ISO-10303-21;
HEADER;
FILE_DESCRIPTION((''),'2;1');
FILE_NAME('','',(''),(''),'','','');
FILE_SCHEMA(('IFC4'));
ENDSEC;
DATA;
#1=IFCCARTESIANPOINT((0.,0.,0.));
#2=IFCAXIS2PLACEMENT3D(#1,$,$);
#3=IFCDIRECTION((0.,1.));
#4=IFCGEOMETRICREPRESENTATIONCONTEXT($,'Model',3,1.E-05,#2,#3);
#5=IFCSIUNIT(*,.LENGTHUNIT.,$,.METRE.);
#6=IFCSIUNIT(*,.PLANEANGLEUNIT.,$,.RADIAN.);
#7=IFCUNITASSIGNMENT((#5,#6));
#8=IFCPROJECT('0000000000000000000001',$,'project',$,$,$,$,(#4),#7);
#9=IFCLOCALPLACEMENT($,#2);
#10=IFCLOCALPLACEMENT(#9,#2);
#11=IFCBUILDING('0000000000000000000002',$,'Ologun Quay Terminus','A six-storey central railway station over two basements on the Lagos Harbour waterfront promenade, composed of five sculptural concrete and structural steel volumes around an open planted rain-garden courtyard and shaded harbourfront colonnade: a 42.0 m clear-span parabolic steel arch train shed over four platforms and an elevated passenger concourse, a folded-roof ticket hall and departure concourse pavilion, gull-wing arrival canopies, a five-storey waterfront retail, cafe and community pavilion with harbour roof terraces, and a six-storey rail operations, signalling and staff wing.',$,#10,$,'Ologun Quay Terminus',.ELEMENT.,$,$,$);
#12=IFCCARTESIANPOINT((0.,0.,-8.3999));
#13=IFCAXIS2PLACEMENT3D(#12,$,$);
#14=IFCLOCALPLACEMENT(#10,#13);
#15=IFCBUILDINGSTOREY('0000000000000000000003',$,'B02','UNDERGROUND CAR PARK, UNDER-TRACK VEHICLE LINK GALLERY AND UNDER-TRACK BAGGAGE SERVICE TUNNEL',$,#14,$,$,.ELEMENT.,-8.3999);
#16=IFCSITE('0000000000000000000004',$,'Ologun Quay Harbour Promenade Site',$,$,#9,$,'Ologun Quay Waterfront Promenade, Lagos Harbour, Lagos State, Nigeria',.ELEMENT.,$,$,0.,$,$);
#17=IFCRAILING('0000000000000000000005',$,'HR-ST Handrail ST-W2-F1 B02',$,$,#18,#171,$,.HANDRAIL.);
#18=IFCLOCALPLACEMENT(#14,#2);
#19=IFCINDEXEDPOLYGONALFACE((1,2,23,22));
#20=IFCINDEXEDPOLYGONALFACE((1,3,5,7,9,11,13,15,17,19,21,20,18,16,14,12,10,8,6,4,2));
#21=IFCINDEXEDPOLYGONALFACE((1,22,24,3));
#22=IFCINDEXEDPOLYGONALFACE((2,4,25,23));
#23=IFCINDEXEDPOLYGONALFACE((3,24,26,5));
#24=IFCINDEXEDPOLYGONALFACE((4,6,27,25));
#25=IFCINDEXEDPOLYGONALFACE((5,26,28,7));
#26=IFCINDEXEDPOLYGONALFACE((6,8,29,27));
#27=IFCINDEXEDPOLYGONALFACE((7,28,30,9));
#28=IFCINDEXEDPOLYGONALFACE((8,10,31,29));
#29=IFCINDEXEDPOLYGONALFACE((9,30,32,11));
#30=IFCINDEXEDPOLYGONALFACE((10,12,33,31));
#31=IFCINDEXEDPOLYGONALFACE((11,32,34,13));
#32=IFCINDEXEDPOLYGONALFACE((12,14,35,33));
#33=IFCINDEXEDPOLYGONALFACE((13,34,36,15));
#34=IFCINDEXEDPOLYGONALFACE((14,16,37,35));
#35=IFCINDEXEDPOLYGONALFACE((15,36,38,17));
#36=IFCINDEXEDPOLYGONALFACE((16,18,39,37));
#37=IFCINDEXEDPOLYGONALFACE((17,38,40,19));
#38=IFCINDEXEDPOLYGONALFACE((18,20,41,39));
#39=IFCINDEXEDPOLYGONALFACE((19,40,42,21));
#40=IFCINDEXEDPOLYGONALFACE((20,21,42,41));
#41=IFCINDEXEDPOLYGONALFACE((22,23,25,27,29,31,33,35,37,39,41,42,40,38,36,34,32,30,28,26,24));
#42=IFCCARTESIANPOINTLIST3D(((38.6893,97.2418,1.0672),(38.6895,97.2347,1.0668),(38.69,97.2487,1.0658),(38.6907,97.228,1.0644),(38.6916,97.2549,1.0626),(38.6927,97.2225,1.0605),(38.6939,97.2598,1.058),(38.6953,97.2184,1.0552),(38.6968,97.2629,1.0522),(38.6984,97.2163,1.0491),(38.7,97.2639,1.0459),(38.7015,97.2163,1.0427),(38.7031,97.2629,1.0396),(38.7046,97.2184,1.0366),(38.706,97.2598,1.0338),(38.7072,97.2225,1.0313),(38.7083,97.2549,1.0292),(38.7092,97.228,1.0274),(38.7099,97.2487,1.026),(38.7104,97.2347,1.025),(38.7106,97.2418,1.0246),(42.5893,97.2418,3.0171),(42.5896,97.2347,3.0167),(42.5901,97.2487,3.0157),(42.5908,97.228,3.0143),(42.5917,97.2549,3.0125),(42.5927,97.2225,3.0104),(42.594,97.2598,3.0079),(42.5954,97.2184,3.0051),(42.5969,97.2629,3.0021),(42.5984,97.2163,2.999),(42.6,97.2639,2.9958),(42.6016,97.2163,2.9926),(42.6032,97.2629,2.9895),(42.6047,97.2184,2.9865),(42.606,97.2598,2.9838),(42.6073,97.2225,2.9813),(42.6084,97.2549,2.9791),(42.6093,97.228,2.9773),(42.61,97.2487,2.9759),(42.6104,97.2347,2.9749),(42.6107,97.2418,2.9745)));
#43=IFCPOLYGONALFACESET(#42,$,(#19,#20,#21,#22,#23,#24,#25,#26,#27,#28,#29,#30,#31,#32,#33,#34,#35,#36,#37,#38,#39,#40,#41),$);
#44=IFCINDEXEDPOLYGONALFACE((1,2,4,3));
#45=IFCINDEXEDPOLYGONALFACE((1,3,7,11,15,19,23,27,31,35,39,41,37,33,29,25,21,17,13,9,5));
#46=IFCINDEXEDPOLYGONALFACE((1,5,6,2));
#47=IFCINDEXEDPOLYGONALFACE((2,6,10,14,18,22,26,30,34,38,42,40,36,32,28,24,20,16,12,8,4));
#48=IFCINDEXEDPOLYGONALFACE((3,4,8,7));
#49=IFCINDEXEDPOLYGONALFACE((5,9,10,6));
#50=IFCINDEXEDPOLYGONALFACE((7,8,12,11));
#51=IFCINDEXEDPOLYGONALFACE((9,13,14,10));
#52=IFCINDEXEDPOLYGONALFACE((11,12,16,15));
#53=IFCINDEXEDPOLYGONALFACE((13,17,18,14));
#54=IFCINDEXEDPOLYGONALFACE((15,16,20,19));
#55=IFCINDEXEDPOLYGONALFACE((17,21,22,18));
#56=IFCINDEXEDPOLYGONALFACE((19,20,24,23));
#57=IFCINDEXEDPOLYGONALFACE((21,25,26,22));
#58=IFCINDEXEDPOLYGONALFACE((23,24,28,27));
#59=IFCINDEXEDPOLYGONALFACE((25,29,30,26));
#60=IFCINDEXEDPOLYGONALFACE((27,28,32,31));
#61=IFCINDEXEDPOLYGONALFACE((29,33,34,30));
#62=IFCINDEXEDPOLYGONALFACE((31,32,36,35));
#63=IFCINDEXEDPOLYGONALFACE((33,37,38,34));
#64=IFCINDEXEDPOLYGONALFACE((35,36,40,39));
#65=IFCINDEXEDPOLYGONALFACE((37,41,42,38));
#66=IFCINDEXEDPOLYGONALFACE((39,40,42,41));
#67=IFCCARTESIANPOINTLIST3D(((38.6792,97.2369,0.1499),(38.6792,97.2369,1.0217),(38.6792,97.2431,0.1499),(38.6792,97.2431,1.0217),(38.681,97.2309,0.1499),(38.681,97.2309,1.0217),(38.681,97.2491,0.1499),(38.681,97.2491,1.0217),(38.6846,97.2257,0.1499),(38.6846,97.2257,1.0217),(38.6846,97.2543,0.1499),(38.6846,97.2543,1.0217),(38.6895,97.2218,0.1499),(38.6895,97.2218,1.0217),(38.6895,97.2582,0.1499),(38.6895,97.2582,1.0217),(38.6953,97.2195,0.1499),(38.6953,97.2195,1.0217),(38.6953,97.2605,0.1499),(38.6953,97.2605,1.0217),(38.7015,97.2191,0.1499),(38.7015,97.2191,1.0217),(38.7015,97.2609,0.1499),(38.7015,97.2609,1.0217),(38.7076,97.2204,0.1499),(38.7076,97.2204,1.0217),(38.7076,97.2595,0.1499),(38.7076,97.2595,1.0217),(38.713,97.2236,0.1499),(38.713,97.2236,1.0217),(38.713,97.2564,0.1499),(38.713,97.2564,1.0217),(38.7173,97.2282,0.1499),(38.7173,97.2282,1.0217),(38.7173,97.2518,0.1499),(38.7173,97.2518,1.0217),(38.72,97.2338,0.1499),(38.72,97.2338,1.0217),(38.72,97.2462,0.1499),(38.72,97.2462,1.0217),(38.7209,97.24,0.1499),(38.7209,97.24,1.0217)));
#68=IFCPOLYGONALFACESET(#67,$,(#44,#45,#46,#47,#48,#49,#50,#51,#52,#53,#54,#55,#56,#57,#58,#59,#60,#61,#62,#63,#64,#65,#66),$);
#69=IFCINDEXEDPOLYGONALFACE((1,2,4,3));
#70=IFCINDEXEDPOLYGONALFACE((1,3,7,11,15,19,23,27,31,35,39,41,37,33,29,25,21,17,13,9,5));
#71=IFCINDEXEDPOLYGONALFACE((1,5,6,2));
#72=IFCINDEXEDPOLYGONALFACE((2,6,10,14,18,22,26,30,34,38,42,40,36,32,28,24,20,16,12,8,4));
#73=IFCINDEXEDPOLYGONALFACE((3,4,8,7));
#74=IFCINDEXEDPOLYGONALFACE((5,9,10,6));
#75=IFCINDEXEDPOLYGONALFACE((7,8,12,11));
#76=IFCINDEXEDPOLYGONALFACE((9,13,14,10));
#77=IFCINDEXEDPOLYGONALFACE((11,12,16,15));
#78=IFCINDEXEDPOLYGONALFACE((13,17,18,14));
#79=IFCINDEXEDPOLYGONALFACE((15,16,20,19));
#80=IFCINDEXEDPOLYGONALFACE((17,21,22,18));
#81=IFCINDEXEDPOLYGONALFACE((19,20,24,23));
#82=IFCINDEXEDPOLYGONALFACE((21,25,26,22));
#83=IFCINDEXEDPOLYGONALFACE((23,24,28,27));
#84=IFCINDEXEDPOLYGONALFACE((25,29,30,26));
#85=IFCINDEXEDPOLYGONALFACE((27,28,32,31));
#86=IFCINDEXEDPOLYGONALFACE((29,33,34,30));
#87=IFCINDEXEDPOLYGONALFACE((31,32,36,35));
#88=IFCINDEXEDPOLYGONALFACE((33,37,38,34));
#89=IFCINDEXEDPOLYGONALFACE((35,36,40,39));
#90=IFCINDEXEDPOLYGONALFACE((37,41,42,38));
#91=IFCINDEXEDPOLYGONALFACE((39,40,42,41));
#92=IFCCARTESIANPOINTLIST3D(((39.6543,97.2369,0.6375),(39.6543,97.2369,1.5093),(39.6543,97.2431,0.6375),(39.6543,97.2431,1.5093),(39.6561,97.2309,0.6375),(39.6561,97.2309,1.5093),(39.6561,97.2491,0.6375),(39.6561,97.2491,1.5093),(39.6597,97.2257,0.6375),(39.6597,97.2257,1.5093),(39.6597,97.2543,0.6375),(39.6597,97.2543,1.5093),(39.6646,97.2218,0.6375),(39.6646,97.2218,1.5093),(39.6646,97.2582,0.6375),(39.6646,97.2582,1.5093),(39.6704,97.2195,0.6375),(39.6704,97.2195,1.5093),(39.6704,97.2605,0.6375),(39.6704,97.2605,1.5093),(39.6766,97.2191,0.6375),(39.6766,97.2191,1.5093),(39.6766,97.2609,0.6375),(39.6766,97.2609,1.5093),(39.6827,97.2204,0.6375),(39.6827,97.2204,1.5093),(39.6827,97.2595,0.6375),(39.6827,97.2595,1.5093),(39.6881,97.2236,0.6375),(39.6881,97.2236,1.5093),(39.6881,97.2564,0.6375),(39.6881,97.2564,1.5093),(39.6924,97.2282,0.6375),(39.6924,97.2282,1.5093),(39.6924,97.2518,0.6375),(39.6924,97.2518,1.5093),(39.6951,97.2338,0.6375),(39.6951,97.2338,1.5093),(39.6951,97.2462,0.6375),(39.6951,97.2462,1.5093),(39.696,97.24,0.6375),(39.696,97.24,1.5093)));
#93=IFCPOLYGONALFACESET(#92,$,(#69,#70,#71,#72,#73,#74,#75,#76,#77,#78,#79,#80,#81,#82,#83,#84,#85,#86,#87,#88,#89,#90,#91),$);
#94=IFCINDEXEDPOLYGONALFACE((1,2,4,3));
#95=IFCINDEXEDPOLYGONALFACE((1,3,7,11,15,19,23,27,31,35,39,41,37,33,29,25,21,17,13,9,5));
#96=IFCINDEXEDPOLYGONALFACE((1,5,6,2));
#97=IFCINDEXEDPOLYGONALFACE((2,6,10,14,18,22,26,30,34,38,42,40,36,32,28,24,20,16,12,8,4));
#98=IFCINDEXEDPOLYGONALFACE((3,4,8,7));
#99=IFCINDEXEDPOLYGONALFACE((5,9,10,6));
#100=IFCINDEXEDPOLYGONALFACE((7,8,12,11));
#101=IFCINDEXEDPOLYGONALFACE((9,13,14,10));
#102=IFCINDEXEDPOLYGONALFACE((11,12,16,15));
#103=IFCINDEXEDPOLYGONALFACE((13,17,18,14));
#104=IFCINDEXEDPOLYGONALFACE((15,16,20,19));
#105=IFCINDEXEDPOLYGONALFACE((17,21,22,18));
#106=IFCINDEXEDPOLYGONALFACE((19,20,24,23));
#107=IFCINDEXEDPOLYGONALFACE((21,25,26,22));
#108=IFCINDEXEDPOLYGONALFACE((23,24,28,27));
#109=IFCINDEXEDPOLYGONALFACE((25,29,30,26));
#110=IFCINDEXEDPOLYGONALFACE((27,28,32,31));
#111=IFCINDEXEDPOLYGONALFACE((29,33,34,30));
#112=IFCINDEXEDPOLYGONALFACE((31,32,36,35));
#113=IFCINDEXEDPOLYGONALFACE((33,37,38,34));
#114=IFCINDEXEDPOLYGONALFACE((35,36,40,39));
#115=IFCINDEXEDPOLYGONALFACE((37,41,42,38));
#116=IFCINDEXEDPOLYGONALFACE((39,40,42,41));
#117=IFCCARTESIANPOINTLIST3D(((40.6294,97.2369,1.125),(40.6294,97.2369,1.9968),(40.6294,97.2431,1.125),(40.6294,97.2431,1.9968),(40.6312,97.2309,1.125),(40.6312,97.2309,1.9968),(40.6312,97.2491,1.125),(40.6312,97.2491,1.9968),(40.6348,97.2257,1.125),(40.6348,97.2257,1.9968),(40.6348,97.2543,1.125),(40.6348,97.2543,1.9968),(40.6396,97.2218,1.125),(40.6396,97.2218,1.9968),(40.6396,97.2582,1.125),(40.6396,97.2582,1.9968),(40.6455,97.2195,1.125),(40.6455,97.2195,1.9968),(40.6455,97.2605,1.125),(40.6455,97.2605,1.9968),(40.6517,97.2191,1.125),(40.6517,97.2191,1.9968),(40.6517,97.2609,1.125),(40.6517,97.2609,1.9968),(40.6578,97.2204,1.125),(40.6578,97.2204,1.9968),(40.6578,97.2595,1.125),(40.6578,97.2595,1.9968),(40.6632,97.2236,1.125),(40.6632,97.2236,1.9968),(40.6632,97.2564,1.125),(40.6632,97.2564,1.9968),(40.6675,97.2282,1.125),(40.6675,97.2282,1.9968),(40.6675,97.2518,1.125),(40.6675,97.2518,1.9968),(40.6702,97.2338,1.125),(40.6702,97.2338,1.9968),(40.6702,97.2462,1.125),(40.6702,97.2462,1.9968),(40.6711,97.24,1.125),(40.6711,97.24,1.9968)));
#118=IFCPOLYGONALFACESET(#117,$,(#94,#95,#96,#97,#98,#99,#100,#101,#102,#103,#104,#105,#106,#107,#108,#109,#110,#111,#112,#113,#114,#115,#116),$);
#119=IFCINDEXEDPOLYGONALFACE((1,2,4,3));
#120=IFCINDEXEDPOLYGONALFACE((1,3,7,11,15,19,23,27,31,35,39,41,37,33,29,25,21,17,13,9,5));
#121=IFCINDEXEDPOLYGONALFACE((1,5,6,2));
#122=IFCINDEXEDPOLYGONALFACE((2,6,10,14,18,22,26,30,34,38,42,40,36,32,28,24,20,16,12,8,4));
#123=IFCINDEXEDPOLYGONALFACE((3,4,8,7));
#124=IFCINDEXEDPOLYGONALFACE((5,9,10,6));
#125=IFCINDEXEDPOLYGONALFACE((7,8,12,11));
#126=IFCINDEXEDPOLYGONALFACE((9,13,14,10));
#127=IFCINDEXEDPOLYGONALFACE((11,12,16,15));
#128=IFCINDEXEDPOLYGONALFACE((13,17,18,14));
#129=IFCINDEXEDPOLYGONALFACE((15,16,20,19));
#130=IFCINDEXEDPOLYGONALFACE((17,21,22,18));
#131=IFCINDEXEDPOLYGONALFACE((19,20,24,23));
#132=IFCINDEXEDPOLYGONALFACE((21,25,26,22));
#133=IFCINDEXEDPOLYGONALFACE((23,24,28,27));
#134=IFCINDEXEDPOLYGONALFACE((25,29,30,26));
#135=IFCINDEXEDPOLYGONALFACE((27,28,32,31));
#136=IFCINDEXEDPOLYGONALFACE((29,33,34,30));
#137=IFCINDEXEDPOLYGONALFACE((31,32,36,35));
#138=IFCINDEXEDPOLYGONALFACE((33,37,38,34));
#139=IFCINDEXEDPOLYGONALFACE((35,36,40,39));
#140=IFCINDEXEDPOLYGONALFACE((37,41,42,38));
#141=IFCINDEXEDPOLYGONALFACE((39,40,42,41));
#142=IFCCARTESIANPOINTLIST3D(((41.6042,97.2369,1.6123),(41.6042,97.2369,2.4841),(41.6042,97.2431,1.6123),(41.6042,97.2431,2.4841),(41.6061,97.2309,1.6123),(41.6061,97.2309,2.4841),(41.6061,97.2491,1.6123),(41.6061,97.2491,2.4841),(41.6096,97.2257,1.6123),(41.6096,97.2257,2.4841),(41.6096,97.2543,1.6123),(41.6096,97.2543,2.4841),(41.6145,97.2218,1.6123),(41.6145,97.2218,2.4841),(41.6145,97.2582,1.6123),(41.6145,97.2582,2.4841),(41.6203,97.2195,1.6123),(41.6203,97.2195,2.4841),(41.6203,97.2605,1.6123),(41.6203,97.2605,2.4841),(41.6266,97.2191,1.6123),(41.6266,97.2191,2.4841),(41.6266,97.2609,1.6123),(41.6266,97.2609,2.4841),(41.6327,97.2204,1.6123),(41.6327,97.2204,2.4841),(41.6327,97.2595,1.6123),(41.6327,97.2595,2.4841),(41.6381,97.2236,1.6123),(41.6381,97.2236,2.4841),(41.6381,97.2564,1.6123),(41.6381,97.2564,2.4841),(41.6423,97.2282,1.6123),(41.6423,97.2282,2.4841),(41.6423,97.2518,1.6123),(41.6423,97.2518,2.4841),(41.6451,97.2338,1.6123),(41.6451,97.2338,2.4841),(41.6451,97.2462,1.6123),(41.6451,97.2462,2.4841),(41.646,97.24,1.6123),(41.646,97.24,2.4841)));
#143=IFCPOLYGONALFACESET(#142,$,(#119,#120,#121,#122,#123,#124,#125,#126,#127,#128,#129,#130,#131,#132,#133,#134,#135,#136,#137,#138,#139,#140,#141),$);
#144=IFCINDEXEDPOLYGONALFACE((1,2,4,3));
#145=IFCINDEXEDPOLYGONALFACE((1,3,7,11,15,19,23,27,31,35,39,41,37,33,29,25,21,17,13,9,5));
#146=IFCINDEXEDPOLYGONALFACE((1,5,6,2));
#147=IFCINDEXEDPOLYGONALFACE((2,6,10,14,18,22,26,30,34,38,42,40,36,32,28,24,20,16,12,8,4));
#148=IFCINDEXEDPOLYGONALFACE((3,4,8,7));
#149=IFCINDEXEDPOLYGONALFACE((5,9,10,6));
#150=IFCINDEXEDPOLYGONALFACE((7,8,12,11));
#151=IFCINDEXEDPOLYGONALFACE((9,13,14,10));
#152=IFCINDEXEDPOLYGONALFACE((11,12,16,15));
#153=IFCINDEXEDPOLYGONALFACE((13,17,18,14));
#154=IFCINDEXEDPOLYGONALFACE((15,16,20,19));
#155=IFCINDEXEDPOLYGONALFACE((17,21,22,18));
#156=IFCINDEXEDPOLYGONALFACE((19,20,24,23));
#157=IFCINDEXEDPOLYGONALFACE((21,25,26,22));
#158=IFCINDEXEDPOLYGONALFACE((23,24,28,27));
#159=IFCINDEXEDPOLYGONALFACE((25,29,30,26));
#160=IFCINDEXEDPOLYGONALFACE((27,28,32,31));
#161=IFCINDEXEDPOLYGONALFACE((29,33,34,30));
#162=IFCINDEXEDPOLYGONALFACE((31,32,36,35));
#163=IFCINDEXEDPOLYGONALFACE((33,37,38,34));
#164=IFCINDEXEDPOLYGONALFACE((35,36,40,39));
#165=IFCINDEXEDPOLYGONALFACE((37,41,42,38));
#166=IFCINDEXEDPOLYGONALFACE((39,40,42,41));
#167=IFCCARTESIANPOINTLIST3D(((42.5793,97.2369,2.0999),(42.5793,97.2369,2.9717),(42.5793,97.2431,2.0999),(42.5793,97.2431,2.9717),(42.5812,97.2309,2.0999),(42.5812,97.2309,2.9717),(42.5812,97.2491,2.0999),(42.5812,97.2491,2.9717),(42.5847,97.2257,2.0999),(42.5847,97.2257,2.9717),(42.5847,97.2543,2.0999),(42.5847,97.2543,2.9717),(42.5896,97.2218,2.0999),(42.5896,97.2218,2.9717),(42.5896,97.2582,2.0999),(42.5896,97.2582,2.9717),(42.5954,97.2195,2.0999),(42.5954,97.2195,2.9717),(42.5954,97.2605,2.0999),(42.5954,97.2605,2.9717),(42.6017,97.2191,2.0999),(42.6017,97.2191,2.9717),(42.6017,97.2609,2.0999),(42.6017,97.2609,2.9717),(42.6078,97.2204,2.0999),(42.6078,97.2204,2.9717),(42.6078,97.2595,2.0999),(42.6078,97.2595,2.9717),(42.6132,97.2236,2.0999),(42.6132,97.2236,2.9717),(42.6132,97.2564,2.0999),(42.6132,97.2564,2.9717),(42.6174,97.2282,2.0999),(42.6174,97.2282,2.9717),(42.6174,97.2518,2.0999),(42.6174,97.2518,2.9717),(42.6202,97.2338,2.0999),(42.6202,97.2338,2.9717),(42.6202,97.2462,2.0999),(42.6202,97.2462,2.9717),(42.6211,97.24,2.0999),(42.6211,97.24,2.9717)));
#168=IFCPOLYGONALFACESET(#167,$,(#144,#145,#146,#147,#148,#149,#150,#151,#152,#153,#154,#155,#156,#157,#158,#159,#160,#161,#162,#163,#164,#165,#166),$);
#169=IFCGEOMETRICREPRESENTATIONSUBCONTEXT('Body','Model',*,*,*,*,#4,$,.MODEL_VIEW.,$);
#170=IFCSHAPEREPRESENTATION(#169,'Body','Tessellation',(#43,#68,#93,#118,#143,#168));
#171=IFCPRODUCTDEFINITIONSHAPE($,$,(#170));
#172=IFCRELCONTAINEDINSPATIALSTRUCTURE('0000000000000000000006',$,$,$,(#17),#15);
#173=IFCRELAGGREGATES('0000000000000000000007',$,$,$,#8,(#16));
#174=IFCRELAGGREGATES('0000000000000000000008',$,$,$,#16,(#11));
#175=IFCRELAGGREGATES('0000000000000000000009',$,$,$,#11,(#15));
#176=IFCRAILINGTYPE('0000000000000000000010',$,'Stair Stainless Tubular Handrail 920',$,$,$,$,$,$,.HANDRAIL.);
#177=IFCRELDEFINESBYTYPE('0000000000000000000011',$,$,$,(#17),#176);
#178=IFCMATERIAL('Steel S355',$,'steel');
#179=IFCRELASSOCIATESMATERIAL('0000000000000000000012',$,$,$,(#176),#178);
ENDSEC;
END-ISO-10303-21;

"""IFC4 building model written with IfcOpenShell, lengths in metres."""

from ifc_helpers import new_model, si_unit, direction, frame, origin, origin_2d, place, context, subcontext, project, spatial, circle, extrude, material, type_object, element, save


model = new_model("IFC4")

# Units and contexts
model_context = context("Model", 3, precision=1e-05, world=origin(), true_north=direction((0.0, 1.0)))
body_context = subcontext(model_context, "Body", "Model", "MODEL_VIEW")
ifc_project = project(units=[si_unit("LENGTHUNIT", "METRE"), si_unit("PLANEANGLEUNIT", "RADIAN")], contexts=[model_context])

# Site, building, storey
site_placement = place(None, origin())
site = spatial("IfcSite", under=ifc_project, at=site_placement, Name="Ologun Quay Harbour Promenade Site", LongName="Ologun Quay Waterfront Promenade, Lagos Harbour, Lagos State, Nigeria", CompositionType="ELEMENT", RefElevation=0.0)
building_placement = place(site_placement, origin())
building = spatial("IfcBuilding", under=site, at=building_placement, Name="Ologun Quay Terminus", Description="A six-storey central railway station over two basements on the Lagos Harbour waterfront promenade, composed of five sculptural concrete and structural steel volumes around an open planted rain-garden courtyard and shaded harbourfront colonnade: a 42.0 m clear-span parabolic steel arch train shed over four platforms and an elevated passenger concourse, a folded-roof ticket hall and departure concourse pavilion, gull-wing arrival canopies, a five-storey waterfront retail, cafe and community pavilion with harbour roof terraces, and a six-storey rail operations, signalling and staff wing.", LongName="Ologun Quay Terminus", CompositionType="ELEMENT")
storey_placement = place(building_placement, frame((0.0, 0.0, -8.3999)))
storey = spatial("IfcBuildingStorey", under=building, at=storey_placement, Name="B02", Description="UNDERGROUND CAR PARK, UNDER-TRACK VEHICLE LINK GALLERY AND UNDER-TRACK BAGGAGE SERVICE TUNNEL", CompositionType="ELEMENT", Elevation=-8.3999)

# Railing
ifc_material_1 = material(Name="Steel S355", Category="steel")
railing_type_1 = type_object("IfcRailingType", Name="Stair Stainless Tubular Handrail 920", PredefinedType="HANDRAIL", material=ifc_material_1)
railing_1_placement = place(storey_placement, frame((38.7, 97.24, 0.1499)))
element("IfcRailing", 1, at=railing_1_placement, inside=storey, type_object=railing_type_1, Name="HR-ST Handrail ST-W2-F1 B02", PredefinedType="HANDRAIL", context=body_context, shape_type="SweptSolid", body=[
    extrude(circle(Radius=0.0239, at=origin_2d()), frame((0.0, 0.0, 0.896), z_axis=(0.894438, 0.0, 0.447191), x_axis=(0.0, 1.0, 0.0)), (0.0, 0.0, 1.0), 4.3604),
    extrude(circle(Radius=0.021, at=origin_2d()), origin(), (0.0, 0.0, 1.0), 0.8718),
    extrude(circle(Radius=0.021, at=origin_2d()), frame((0.9751, 0.0, 0.4875)), (0.0, 0.0, 1.0), 0.8718),
    extrude(circle(Radius=0.021, at=origin_2d()), frame((1.9502, 0.0, 0.9751)), (0.0, 0.0, 1.0), 0.8718),
    extrude(circle(Radius=0.021, at=origin_2d()), frame((2.925, 0.0, 1.4624)), (0.0, 0.0, 1.0), 0.8718),
    extrude(circle(Radius=0.021, at=origin_2d()), frame((3.9001, 0.0, 1.95)), (0.0, 0.0, 1.0), 0.8718),
])

save(model, "model.ifc")
